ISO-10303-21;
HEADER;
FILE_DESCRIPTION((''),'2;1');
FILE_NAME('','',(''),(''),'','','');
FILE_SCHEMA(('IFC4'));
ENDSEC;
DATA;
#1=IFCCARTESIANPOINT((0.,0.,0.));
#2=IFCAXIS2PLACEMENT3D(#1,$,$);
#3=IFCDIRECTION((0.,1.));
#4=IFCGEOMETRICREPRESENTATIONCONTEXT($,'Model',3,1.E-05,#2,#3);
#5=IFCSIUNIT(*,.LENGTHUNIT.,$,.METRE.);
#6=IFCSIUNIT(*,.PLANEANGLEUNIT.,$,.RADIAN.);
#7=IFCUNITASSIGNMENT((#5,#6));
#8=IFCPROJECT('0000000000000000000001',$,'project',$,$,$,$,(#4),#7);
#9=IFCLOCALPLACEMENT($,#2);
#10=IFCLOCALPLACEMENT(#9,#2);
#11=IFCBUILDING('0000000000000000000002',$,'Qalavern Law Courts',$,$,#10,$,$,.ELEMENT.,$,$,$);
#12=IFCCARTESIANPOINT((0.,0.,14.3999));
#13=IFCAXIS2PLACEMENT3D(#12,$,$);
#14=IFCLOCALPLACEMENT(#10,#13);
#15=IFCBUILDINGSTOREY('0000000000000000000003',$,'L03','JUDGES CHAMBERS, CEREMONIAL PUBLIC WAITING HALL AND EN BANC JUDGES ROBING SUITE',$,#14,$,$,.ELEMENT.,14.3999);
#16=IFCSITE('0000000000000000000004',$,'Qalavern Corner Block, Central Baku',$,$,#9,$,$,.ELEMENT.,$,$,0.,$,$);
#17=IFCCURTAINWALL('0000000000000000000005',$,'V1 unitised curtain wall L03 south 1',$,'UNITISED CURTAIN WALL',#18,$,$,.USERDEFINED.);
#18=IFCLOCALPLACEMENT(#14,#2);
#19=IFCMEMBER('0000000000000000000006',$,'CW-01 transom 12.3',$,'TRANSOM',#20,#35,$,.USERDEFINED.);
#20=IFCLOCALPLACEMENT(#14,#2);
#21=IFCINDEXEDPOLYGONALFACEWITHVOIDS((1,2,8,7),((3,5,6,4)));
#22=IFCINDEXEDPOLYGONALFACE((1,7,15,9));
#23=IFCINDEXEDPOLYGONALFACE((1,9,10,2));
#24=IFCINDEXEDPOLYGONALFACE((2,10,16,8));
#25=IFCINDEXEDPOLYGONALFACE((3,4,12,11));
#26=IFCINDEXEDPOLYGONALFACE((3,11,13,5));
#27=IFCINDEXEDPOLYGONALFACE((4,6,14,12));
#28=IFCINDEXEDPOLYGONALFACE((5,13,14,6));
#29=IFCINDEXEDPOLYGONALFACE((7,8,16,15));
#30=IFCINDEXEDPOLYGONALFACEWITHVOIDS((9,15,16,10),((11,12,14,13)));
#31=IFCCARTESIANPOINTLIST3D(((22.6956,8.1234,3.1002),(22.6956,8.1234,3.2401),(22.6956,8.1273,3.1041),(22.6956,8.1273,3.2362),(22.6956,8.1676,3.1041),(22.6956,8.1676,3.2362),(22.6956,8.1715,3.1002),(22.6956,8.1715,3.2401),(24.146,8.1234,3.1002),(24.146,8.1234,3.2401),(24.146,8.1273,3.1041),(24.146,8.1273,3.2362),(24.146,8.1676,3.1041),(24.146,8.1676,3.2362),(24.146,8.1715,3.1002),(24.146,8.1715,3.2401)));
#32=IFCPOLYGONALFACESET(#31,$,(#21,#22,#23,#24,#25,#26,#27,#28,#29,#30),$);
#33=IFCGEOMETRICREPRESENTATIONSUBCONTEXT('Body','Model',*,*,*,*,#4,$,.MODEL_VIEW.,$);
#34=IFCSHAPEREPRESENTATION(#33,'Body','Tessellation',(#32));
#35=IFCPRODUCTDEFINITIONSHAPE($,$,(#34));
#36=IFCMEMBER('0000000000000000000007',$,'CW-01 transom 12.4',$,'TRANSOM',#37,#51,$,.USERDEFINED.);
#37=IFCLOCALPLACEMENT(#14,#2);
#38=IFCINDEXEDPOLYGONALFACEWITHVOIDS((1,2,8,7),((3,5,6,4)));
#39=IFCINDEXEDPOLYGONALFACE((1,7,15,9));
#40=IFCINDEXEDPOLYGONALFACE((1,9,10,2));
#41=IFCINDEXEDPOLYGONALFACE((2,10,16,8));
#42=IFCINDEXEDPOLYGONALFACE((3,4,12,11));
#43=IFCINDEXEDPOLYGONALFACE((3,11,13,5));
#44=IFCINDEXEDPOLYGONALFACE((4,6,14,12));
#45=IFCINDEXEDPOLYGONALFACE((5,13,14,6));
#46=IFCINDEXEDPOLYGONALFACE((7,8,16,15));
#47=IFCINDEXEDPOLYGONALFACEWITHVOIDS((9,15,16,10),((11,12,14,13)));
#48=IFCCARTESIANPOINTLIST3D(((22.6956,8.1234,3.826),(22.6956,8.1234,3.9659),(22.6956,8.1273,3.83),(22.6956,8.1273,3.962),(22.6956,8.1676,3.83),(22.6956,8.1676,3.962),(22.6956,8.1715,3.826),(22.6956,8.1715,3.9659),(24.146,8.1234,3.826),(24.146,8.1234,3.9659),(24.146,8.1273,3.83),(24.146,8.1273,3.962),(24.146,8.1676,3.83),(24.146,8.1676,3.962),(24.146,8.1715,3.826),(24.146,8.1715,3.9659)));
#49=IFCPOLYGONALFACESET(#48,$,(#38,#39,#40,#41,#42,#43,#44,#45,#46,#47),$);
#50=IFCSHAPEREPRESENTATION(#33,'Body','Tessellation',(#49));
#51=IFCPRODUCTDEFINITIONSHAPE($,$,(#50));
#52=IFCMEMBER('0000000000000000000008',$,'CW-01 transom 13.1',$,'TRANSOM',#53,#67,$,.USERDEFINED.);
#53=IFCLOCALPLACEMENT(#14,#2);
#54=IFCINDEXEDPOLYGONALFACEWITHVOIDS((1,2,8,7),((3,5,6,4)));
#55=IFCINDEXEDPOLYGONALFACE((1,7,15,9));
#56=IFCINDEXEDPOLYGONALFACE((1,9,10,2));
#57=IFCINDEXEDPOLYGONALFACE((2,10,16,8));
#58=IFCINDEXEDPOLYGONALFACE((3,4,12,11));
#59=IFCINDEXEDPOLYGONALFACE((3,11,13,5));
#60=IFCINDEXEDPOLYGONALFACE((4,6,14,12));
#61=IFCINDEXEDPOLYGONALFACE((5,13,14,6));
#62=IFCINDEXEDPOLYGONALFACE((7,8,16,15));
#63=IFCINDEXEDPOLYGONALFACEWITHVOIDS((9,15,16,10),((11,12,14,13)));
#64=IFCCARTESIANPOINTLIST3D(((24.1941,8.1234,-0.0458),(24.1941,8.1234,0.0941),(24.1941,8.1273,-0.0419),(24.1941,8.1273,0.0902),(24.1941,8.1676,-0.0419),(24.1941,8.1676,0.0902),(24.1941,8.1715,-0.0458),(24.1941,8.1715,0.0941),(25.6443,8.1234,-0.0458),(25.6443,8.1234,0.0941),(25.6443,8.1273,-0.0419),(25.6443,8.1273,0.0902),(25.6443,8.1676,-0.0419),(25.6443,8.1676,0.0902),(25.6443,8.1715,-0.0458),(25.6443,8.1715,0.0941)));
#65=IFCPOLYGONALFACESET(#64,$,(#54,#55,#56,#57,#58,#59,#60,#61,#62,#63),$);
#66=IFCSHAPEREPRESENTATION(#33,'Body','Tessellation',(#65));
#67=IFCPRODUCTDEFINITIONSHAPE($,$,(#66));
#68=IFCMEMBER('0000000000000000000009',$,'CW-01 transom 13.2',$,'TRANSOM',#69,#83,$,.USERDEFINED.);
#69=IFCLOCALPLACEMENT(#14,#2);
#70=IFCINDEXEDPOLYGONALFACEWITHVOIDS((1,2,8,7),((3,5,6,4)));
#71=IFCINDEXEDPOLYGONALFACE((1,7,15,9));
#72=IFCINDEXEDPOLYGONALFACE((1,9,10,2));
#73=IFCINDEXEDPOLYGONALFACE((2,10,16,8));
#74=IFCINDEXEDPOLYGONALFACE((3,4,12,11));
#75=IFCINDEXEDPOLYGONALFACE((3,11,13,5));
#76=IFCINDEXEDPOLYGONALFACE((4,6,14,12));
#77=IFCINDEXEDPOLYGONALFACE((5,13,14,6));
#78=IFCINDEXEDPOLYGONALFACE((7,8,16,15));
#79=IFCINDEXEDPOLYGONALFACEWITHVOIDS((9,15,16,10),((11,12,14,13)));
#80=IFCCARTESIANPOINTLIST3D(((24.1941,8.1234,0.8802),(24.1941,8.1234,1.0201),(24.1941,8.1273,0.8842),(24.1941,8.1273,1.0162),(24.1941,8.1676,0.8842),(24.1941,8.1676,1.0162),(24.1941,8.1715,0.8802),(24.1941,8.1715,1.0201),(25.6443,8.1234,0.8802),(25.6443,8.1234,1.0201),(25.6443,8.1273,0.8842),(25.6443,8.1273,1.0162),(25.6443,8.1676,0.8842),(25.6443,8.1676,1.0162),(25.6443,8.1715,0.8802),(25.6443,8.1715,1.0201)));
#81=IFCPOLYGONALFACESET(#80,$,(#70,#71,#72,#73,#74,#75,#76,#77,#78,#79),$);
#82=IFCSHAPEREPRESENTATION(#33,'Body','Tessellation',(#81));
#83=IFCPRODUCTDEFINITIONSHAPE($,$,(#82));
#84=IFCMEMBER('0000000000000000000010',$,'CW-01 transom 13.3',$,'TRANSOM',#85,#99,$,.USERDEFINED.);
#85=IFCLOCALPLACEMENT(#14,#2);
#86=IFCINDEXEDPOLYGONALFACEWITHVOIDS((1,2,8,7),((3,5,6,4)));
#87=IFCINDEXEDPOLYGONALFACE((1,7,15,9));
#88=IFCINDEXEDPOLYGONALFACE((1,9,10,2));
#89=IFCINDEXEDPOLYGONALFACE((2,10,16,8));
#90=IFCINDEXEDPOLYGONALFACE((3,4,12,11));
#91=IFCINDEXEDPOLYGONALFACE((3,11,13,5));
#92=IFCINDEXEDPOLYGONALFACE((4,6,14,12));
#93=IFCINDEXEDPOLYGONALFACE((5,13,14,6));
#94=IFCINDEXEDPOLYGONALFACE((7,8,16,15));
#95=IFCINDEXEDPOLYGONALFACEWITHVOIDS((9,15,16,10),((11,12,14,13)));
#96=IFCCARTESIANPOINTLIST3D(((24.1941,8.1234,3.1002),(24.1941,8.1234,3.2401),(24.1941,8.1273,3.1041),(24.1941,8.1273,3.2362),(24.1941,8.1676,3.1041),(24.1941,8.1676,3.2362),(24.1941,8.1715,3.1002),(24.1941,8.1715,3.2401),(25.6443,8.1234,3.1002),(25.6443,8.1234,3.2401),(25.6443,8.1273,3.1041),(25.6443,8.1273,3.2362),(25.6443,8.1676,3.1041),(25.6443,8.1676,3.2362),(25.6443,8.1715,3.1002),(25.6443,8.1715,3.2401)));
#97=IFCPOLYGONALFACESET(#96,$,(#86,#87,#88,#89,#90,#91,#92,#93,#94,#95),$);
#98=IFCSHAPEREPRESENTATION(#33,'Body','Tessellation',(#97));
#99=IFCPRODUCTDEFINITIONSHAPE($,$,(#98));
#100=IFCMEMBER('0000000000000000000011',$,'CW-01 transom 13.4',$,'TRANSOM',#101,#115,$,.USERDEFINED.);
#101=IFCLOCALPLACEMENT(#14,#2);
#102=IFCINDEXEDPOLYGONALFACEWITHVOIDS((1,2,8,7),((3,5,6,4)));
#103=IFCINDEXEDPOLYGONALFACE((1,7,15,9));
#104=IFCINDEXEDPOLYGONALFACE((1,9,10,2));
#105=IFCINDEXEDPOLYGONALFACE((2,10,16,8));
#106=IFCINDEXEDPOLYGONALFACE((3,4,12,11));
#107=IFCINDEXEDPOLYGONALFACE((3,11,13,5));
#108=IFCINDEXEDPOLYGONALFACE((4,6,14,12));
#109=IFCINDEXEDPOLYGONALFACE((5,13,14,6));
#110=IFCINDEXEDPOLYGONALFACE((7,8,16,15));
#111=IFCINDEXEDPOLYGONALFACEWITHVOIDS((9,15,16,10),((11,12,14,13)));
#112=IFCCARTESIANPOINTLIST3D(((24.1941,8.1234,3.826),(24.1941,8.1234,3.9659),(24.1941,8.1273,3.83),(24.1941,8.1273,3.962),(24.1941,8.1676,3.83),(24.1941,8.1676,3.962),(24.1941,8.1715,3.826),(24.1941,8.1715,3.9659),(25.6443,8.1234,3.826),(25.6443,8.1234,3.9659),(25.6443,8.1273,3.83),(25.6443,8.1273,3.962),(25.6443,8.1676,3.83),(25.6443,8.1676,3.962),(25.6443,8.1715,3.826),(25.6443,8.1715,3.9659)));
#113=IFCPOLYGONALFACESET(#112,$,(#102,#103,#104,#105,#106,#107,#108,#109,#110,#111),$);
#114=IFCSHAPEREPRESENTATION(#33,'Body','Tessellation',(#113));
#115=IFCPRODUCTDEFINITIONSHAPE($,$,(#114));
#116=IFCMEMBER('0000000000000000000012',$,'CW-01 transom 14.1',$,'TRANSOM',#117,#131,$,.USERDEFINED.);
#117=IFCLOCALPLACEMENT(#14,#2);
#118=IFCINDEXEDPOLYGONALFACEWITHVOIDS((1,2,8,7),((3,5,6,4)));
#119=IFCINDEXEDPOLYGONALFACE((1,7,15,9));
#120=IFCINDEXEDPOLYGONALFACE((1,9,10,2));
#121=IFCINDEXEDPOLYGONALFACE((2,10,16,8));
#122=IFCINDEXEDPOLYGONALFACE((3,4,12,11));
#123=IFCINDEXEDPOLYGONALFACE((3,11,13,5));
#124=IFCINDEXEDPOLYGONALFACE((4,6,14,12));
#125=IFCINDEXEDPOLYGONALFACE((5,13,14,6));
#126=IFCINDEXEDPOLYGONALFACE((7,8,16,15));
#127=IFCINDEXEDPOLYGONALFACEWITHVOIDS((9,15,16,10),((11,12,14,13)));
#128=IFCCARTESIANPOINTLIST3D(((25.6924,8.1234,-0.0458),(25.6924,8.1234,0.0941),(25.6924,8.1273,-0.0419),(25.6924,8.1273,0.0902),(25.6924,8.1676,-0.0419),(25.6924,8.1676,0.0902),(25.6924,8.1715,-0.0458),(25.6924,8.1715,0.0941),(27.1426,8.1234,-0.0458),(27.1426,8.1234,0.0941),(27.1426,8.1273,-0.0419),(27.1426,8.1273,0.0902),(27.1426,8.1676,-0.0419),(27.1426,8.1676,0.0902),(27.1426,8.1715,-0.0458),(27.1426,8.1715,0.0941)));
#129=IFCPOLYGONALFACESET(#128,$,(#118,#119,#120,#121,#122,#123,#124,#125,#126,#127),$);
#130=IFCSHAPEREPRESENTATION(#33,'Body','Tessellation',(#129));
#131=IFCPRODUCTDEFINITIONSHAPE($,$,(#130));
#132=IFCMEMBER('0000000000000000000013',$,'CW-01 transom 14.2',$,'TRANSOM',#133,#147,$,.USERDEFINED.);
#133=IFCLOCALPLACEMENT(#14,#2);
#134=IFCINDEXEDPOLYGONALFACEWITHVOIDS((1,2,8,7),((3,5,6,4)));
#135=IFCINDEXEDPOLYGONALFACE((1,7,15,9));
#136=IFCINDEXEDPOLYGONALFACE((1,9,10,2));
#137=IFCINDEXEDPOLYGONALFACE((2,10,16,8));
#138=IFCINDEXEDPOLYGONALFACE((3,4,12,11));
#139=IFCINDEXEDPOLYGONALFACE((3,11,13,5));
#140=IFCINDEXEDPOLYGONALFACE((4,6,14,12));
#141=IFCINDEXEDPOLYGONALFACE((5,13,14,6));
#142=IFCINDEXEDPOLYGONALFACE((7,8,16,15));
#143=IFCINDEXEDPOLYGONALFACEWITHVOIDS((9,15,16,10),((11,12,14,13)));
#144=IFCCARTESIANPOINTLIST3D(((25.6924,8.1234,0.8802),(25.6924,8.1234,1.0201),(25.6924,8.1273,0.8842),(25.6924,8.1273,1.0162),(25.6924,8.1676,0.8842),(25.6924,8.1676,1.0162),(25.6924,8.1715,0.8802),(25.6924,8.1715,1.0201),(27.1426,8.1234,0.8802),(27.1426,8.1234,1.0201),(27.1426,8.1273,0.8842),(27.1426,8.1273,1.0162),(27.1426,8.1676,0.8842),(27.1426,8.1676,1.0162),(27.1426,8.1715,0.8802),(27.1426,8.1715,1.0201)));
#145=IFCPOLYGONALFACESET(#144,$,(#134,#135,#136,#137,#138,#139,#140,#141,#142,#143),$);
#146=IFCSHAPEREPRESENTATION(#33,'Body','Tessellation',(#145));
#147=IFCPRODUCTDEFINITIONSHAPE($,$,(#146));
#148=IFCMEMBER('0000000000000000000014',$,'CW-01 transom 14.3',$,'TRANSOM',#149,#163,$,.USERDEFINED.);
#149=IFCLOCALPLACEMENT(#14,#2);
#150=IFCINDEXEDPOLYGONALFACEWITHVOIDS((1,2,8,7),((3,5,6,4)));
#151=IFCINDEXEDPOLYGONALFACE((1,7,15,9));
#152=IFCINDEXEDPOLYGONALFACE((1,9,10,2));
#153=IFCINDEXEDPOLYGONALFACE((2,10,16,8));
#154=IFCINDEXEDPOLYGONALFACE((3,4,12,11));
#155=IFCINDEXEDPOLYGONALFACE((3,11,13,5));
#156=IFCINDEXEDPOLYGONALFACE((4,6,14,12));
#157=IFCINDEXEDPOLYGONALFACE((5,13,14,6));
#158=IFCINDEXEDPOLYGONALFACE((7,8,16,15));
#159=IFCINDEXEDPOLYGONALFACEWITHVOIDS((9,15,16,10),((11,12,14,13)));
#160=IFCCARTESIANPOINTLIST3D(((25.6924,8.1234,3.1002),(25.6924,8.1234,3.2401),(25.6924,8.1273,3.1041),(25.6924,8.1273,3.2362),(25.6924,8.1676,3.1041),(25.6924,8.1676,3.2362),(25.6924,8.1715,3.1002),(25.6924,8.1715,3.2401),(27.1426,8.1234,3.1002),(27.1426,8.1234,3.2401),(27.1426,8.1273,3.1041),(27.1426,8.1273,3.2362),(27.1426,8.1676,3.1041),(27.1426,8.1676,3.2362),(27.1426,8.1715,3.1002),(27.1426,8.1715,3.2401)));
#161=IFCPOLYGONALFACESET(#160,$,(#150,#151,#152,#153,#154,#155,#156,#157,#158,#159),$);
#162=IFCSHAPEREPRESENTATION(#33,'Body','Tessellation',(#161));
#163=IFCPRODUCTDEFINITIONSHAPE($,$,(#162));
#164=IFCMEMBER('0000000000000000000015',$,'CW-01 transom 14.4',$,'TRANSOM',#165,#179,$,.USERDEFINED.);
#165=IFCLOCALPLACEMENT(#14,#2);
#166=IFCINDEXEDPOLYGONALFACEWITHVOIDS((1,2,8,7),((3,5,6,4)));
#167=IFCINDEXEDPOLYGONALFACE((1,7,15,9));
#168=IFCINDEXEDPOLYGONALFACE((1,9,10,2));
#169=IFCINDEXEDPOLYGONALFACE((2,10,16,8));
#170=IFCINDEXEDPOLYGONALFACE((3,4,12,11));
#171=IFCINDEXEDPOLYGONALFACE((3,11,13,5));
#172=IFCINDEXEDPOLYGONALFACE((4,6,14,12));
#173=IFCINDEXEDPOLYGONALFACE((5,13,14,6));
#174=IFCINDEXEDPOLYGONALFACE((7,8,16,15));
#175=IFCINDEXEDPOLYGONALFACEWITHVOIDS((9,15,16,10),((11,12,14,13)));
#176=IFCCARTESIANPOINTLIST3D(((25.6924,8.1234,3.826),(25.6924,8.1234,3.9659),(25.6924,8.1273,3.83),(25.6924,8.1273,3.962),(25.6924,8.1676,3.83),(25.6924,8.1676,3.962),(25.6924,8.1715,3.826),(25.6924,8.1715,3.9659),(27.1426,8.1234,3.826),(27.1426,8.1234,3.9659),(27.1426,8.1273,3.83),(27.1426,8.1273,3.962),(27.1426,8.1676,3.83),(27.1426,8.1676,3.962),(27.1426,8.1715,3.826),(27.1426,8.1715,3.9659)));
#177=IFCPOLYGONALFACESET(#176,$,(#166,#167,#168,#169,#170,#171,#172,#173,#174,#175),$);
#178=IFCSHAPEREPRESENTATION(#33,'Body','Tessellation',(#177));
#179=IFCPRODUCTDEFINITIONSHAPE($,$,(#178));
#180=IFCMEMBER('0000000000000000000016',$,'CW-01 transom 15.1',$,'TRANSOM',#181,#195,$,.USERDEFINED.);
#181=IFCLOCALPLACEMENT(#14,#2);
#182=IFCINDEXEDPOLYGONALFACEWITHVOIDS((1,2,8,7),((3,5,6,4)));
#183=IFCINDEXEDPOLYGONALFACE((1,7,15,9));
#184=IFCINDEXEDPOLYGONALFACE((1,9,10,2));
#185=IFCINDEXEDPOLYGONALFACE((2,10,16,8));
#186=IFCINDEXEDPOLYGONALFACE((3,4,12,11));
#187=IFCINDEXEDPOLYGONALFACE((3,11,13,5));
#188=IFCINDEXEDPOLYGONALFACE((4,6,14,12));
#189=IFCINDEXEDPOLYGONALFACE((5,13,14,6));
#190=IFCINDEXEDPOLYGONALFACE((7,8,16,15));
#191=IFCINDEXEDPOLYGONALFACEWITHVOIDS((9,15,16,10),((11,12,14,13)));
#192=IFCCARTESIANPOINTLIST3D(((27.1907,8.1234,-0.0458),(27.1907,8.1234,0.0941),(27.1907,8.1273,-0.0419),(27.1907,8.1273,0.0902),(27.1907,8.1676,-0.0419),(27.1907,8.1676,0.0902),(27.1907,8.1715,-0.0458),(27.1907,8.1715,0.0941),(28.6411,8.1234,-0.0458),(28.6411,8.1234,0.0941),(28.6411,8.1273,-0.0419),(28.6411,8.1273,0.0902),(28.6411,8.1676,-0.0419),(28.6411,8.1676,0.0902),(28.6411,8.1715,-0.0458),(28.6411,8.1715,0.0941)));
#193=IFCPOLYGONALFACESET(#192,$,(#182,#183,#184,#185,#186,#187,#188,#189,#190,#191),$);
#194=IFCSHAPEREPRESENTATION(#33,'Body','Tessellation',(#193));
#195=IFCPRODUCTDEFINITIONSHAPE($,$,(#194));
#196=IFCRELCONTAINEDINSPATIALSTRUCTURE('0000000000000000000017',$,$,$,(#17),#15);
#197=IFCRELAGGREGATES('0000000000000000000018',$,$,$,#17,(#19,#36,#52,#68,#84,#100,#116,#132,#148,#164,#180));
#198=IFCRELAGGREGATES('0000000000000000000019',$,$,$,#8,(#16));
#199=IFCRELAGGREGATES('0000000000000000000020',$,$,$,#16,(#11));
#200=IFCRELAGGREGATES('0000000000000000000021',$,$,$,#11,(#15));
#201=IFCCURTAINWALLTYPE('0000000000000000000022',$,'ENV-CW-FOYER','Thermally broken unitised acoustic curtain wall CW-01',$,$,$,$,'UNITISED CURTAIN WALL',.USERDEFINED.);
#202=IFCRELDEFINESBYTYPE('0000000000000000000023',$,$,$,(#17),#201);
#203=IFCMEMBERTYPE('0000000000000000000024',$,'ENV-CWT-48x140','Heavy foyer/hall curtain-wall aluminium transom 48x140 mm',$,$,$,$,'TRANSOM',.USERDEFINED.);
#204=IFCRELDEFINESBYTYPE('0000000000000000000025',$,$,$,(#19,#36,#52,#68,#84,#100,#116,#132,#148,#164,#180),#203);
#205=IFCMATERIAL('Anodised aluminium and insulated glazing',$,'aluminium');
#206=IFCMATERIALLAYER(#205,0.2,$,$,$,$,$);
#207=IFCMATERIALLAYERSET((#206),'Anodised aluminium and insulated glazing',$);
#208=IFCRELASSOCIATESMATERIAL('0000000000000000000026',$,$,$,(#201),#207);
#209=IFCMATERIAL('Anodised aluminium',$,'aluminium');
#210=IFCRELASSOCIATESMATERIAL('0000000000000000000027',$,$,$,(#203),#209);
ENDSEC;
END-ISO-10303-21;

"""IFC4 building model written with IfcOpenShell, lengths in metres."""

from ifc_helpers import new_model, si_unit, direction, frame, origin, origin_2d, place, context, subcontext, project, spatial, hollow_rectangle, extrude, material, layer, layer_set, material_profile, profile_set, type_object, element, aggregate, save


model = new_model("IFC4")

# Units and contexts
model_context = context("Model", 3, precision=1e-05, world=origin(), true_north=direction((0.0, 1.0)))
body_context = subcontext(model_context, "Body", "Model", "MODEL_VIEW")
ifc_project = project(units=[si_unit("LENGTHUNIT", "METRE"), si_unit("PLANEANGLEUNIT", "RADIAN")], contexts=[model_context])

# Site, building, storey
site_placement = place(None, origin())
site = spatial("IfcSite", under=ifc_project, at=site_placement, Name="Qalavern Corner Block, Central Baku", CompositionType="ELEMENT", RefElevation=0.0)
building_placement = place(site_placement, origin())
building = spatial("IfcBuilding", under=site, at=building_placement, Name="Qalavern Law Courts", CompositionType="ELEMENT")
storey_placement = place(building_placement, frame((0.0, 0.0, 14.3999)))
storey = spatial("IfcBuildingStorey", under=building, at=storey_placement, Name="L03", Description="JUDGES CHAMBERS, CEREMONIAL PUBLIC WAITING HALL AND EN BANC JUDGES ROBING SUITE", CompositionType="ELEMENT", Elevation=14.3999)

# Curtain wall, members
ifc_material_1 = material(Name="Anodised aluminium and insulated glazing", Category="aluminium")
ifc_layer_1 = layer(ifc_material_1, 0.2)
ifc_layer_set_1 = layer_set([ifc_layer_1], Name="Anodised aluminium and insulated glazing")
curtain_wall_type = type_object("IfcCurtainWallType", Name="ENV-CW-FOYER", Description="Thermally broken unitised acoustic curtain wall CW-01", ElementType="UNITISED CURTAIN WALL", PredefinedType="USERDEFINED", material=ifc_layer_set_1)
curtain_wall_placement = place(storey_placement, origin())
curtain_wall = element("IfcCurtainWall", 1, at=curtain_wall_placement, inside=storey, type_object=curtain_wall_type, Name="V1 unitised curtain wall L03 south 1", ObjectType="UNITISED CURTAIN WALL", PredefinedType="USERDEFINED")
ifc_material_2 = material(Name="Anodised aluminium", Category="aluminium")
ifc_material_profile_1 = material_profile(ifc_material_2, hollow_rectangle(XDim=0.0481, YDim=0.1399, WallThickness=0.0039, at=origin_2d()), Name="ALU TRANSOM 48x140")
ifc_profile_set_1 = profile_set([ifc_material_profile_1], Name="Anodised aluminium")
member_type_1 = type_object("IfcMemberType", Name="ENV-CWT-48x140", Description="Heavy foyer/hall curtain-wall aluminium transom 48x140 mm", ElementType="TRANSOM", PredefinedType="USERDEFINED", material=ifc_profile_set_1)
member_1_placement = place(storey_placement, frame((22.6956, 8.1475, 3.1702), z_axis=(1.0, 0.0, 0.0), x_axis=(0.0, 1.0, 0.0)))
member_1 = element("IfcMember", 2, at=member_1_placement, type_object=member_type_1, Name="CW-01 transom 12.3", ObjectType="TRANSOM", PredefinedType="USERDEFINED", context=body_context, shape_type="SweptSolid", body=[
    extrude(hollow_rectangle(XDim=0.0481, YDim=0.1399, WallThickness=0.0039, at=origin_2d()), origin(), (0.0, 0.0, 1.0), 1.4504),
])
member_2_placement = place(storey_placement, frame((22.6956, 8.1475, 3.896), z_axis=(1.0, 0.0, 0.0), x_axis=(0.0, 1.0, 0.0)))
member_2 = element("IfcMember", 3, at=member_2_placement, type_object=member_type_1, Name="CW-01 transom 12.4", ObjectType="TRANSOM", PredefinedType="USERDEFINED", context=body_context, shape_type="SweptSolid", body=[
    extrude(hollow_rectangle(XDim=0.0481, YDim=0.1399, WallThickness=0.0039, at=origin_2d()), origin(), (0.0, 0.0, 1.0), 1.4504),
])
member_3_placement = place(storey_placement, frame((24.1941, 8.1475, 0.0242), z_axis=(1.0, 0.0, 0.0), x_axis=(0.0, 1.0, 0.0)))
member_3 = element("IfcMember", 4, at=member_3_placement, type_object=member_type_1, Name="CW-01 transom 13.1", ObjectType="TRANSOM", PredefinedType="USERDEFINED", context=body_context, shape_type="SweptSolid", body=[
    extrude(hollow_rectangle(XDim=0.0481, YDim=0.1399, WallThickness=0.0039, at=origin_2d()), origin(), (0.0, 0.0, 1.0), 1.4502),
])
member_4_placement = place(storey_placement, frame((24.1941, 8.1475, 0.9502), z_axis=(1.0, 0.0, 0.0), x_axis=(0.0, 1.0, 0.0)))
member_4 = element("IfcMember", 5, at=member_4_placement, type_object=member_type_1, Name="CW-01 transom 13.2", ObjectType="TRANSOM", PredefinedType="USERDEFINED", context=body_context, shape_type="SweptSolid", body=[
    extrude(hollow_rectangle(XDim=0.0481, YDim=0.1399, WallThickness=0.0039, at=origin_2d()), origin(), (0.0, 0.0, 1.0), 1.4502),
])
member_5_placement = place(storey_placement, frame((24.1941, 8.1475, 3.1702), z_axis=(1.0, 0.0, 0.0), x_axis=(0.0, 1.0, 0.0)))
member_5 = element("IfcMember", 6, at=member_5_placement, type_object=member_type_1, Name="CW-01 transom 13.3", ObjectType="TRANSOM", PredefinedType="USERDEFINED", context=body_context, shape_type="SweptSolid", body=[
    extrude(hollow_rectangle(XDim=0.0481, YDim=0.1399, WallThickness=0.0039, at=origin_2d()), origin(), (0.0, 0.0, 1.0), 1.4502),
])
member_6_placement = place(storey_placement, frame((24.1941, 8.1475, 3.896), z_axis=(1.0, 0.0, 0.0), x_axis=(0.0, 1.0, 0.0)))
member_6 = element("IfcMember", 7, at=member_6_placement, type_object=member_type_1, Name="CW-01 transom 13.4", ObjectType="TRANSOM", PredefinedType="USERDEFINED", context=body_context, shape_type="SweptSolid", body=[
    extrude(hollow_rectangle(XDim=0.0481, YDim=0.1399, WallThickness=0.0039, at=origin_2d()), origin(), (0.0, 0.0, 1.0), 1.4502),
])
member_7_placement = place(storey_placement, frame((25.6924, 8.1475, 0.0242), z_axis=(1.0, 0.0, 0.0), x_axis=(0.0, 1.0, 0.0)))
member_7 = element("IfcMember", 8, at=member_7_placement, type_object=member_type_1, Name="CW-01 transom 14.1", ObjectType="TRANSOM", PredefinedType="USERDEFINED", context=body_context, shape_type="SweptSolid", body=[
    extrude(hollow_rectangle(XDim=0.0481, YDim=0.1399, WallThickness=0.0039, at=origin_2d()), origin(), (0.0, 0.0, 1.0), 1.4502),
])
member_8_placement = place(storey_placement, frame((25.6924, 8.1475, 0.9502), z_axis=(1.0, 0.0, 0.0), x_axis=(0.0, 1.0, 0.0)))
member_8 = element("IfcMember", 9, at=member_8_placement, type_object=member_type_1, Name="CW-01 transom 14.2", ObjectType="TRANSOM", PredefinedType="USERDEFINED", context=body_context, shape_type="SweptSolid", body=[
    extrude(hollow_rectangle(XDim=0.0481, YDim=0.1399, WallThickness=0.0039, at=origin_2d()), origin(), (0.0, 0.0, 1.0), 1.4502),
])
member_9_placement = place(storey_placement, frame((25.6924, 8.1475, 3.1702), z_axis=(1.0, 0.0, 0.0), x_axis=(0.0, 1.0, 0.0)))
member_9 = element("IfcMember", 10, at=member_9_placement, type_object=member_type_1, Name="CW-01 transom 14.3", ObjectType="TRANSOM", PredefinedType="USERDEFINED", context=body_context, shape_type="SweptSolid", body=[
    extrude(hollow_rectangle(XDim=0.0481, YDim=0.1399, WallThickness=0.0039, at=origin_2d()), origin(), (0.0, 0.0, 1.0), 1.4502),
])
member_10_placement = place(storey_placement, frame((25.6924, 8.1475, 3.896), z_axis=(1.0, 0.0, 0.0), x_axis=(0.0, 1.0, 0.0)))
member_10 = element("IfcMember", 11, at=member_10_placement, type_object=member_type_1, Name="CW-01 transom 14.4", ObjectType="TRANSOM", PredefinedType="USERDEFINED", context=body_context, shape_type="SweptSolid", body=[
    extrude(hollow_rectangle(XDim=0.0481, YDim=0.1399, WallThickness=0.0039, at=origin_2d()), origin(), (0.0, 0.0, 1.0), 1.4502),
])
member_11_placement = place(storey_placement, frame((27.1907, 8.1475, 0.0242), z_axis=(1.0, 0.0, 0.0), x_axis=(0.0, 1.0, 0.0)))
member_11 = element("IfcMember", 12, at=member_11_placement, type_object=member_type_1, Name="CW-01 transom 15.1", ObjectType="TRANSOM", PredefinedType="USERDEFINED", context=body_context, shape_type="SweptSolid", body=[
    extrude(hollow_rectangle(XDim=0.0481, YDim=0.1399, WallThickness=0.0039, at=origin_2d()), origin(), (0.0, 0.0, 1.0), 1.4504),
])

aggregate(curtain_wall, [member_1, member_2, member_3, member_4, member_5, member_6, member_7, member_8, member_9, member_10, member_11])

save(model, "model.ifc")
